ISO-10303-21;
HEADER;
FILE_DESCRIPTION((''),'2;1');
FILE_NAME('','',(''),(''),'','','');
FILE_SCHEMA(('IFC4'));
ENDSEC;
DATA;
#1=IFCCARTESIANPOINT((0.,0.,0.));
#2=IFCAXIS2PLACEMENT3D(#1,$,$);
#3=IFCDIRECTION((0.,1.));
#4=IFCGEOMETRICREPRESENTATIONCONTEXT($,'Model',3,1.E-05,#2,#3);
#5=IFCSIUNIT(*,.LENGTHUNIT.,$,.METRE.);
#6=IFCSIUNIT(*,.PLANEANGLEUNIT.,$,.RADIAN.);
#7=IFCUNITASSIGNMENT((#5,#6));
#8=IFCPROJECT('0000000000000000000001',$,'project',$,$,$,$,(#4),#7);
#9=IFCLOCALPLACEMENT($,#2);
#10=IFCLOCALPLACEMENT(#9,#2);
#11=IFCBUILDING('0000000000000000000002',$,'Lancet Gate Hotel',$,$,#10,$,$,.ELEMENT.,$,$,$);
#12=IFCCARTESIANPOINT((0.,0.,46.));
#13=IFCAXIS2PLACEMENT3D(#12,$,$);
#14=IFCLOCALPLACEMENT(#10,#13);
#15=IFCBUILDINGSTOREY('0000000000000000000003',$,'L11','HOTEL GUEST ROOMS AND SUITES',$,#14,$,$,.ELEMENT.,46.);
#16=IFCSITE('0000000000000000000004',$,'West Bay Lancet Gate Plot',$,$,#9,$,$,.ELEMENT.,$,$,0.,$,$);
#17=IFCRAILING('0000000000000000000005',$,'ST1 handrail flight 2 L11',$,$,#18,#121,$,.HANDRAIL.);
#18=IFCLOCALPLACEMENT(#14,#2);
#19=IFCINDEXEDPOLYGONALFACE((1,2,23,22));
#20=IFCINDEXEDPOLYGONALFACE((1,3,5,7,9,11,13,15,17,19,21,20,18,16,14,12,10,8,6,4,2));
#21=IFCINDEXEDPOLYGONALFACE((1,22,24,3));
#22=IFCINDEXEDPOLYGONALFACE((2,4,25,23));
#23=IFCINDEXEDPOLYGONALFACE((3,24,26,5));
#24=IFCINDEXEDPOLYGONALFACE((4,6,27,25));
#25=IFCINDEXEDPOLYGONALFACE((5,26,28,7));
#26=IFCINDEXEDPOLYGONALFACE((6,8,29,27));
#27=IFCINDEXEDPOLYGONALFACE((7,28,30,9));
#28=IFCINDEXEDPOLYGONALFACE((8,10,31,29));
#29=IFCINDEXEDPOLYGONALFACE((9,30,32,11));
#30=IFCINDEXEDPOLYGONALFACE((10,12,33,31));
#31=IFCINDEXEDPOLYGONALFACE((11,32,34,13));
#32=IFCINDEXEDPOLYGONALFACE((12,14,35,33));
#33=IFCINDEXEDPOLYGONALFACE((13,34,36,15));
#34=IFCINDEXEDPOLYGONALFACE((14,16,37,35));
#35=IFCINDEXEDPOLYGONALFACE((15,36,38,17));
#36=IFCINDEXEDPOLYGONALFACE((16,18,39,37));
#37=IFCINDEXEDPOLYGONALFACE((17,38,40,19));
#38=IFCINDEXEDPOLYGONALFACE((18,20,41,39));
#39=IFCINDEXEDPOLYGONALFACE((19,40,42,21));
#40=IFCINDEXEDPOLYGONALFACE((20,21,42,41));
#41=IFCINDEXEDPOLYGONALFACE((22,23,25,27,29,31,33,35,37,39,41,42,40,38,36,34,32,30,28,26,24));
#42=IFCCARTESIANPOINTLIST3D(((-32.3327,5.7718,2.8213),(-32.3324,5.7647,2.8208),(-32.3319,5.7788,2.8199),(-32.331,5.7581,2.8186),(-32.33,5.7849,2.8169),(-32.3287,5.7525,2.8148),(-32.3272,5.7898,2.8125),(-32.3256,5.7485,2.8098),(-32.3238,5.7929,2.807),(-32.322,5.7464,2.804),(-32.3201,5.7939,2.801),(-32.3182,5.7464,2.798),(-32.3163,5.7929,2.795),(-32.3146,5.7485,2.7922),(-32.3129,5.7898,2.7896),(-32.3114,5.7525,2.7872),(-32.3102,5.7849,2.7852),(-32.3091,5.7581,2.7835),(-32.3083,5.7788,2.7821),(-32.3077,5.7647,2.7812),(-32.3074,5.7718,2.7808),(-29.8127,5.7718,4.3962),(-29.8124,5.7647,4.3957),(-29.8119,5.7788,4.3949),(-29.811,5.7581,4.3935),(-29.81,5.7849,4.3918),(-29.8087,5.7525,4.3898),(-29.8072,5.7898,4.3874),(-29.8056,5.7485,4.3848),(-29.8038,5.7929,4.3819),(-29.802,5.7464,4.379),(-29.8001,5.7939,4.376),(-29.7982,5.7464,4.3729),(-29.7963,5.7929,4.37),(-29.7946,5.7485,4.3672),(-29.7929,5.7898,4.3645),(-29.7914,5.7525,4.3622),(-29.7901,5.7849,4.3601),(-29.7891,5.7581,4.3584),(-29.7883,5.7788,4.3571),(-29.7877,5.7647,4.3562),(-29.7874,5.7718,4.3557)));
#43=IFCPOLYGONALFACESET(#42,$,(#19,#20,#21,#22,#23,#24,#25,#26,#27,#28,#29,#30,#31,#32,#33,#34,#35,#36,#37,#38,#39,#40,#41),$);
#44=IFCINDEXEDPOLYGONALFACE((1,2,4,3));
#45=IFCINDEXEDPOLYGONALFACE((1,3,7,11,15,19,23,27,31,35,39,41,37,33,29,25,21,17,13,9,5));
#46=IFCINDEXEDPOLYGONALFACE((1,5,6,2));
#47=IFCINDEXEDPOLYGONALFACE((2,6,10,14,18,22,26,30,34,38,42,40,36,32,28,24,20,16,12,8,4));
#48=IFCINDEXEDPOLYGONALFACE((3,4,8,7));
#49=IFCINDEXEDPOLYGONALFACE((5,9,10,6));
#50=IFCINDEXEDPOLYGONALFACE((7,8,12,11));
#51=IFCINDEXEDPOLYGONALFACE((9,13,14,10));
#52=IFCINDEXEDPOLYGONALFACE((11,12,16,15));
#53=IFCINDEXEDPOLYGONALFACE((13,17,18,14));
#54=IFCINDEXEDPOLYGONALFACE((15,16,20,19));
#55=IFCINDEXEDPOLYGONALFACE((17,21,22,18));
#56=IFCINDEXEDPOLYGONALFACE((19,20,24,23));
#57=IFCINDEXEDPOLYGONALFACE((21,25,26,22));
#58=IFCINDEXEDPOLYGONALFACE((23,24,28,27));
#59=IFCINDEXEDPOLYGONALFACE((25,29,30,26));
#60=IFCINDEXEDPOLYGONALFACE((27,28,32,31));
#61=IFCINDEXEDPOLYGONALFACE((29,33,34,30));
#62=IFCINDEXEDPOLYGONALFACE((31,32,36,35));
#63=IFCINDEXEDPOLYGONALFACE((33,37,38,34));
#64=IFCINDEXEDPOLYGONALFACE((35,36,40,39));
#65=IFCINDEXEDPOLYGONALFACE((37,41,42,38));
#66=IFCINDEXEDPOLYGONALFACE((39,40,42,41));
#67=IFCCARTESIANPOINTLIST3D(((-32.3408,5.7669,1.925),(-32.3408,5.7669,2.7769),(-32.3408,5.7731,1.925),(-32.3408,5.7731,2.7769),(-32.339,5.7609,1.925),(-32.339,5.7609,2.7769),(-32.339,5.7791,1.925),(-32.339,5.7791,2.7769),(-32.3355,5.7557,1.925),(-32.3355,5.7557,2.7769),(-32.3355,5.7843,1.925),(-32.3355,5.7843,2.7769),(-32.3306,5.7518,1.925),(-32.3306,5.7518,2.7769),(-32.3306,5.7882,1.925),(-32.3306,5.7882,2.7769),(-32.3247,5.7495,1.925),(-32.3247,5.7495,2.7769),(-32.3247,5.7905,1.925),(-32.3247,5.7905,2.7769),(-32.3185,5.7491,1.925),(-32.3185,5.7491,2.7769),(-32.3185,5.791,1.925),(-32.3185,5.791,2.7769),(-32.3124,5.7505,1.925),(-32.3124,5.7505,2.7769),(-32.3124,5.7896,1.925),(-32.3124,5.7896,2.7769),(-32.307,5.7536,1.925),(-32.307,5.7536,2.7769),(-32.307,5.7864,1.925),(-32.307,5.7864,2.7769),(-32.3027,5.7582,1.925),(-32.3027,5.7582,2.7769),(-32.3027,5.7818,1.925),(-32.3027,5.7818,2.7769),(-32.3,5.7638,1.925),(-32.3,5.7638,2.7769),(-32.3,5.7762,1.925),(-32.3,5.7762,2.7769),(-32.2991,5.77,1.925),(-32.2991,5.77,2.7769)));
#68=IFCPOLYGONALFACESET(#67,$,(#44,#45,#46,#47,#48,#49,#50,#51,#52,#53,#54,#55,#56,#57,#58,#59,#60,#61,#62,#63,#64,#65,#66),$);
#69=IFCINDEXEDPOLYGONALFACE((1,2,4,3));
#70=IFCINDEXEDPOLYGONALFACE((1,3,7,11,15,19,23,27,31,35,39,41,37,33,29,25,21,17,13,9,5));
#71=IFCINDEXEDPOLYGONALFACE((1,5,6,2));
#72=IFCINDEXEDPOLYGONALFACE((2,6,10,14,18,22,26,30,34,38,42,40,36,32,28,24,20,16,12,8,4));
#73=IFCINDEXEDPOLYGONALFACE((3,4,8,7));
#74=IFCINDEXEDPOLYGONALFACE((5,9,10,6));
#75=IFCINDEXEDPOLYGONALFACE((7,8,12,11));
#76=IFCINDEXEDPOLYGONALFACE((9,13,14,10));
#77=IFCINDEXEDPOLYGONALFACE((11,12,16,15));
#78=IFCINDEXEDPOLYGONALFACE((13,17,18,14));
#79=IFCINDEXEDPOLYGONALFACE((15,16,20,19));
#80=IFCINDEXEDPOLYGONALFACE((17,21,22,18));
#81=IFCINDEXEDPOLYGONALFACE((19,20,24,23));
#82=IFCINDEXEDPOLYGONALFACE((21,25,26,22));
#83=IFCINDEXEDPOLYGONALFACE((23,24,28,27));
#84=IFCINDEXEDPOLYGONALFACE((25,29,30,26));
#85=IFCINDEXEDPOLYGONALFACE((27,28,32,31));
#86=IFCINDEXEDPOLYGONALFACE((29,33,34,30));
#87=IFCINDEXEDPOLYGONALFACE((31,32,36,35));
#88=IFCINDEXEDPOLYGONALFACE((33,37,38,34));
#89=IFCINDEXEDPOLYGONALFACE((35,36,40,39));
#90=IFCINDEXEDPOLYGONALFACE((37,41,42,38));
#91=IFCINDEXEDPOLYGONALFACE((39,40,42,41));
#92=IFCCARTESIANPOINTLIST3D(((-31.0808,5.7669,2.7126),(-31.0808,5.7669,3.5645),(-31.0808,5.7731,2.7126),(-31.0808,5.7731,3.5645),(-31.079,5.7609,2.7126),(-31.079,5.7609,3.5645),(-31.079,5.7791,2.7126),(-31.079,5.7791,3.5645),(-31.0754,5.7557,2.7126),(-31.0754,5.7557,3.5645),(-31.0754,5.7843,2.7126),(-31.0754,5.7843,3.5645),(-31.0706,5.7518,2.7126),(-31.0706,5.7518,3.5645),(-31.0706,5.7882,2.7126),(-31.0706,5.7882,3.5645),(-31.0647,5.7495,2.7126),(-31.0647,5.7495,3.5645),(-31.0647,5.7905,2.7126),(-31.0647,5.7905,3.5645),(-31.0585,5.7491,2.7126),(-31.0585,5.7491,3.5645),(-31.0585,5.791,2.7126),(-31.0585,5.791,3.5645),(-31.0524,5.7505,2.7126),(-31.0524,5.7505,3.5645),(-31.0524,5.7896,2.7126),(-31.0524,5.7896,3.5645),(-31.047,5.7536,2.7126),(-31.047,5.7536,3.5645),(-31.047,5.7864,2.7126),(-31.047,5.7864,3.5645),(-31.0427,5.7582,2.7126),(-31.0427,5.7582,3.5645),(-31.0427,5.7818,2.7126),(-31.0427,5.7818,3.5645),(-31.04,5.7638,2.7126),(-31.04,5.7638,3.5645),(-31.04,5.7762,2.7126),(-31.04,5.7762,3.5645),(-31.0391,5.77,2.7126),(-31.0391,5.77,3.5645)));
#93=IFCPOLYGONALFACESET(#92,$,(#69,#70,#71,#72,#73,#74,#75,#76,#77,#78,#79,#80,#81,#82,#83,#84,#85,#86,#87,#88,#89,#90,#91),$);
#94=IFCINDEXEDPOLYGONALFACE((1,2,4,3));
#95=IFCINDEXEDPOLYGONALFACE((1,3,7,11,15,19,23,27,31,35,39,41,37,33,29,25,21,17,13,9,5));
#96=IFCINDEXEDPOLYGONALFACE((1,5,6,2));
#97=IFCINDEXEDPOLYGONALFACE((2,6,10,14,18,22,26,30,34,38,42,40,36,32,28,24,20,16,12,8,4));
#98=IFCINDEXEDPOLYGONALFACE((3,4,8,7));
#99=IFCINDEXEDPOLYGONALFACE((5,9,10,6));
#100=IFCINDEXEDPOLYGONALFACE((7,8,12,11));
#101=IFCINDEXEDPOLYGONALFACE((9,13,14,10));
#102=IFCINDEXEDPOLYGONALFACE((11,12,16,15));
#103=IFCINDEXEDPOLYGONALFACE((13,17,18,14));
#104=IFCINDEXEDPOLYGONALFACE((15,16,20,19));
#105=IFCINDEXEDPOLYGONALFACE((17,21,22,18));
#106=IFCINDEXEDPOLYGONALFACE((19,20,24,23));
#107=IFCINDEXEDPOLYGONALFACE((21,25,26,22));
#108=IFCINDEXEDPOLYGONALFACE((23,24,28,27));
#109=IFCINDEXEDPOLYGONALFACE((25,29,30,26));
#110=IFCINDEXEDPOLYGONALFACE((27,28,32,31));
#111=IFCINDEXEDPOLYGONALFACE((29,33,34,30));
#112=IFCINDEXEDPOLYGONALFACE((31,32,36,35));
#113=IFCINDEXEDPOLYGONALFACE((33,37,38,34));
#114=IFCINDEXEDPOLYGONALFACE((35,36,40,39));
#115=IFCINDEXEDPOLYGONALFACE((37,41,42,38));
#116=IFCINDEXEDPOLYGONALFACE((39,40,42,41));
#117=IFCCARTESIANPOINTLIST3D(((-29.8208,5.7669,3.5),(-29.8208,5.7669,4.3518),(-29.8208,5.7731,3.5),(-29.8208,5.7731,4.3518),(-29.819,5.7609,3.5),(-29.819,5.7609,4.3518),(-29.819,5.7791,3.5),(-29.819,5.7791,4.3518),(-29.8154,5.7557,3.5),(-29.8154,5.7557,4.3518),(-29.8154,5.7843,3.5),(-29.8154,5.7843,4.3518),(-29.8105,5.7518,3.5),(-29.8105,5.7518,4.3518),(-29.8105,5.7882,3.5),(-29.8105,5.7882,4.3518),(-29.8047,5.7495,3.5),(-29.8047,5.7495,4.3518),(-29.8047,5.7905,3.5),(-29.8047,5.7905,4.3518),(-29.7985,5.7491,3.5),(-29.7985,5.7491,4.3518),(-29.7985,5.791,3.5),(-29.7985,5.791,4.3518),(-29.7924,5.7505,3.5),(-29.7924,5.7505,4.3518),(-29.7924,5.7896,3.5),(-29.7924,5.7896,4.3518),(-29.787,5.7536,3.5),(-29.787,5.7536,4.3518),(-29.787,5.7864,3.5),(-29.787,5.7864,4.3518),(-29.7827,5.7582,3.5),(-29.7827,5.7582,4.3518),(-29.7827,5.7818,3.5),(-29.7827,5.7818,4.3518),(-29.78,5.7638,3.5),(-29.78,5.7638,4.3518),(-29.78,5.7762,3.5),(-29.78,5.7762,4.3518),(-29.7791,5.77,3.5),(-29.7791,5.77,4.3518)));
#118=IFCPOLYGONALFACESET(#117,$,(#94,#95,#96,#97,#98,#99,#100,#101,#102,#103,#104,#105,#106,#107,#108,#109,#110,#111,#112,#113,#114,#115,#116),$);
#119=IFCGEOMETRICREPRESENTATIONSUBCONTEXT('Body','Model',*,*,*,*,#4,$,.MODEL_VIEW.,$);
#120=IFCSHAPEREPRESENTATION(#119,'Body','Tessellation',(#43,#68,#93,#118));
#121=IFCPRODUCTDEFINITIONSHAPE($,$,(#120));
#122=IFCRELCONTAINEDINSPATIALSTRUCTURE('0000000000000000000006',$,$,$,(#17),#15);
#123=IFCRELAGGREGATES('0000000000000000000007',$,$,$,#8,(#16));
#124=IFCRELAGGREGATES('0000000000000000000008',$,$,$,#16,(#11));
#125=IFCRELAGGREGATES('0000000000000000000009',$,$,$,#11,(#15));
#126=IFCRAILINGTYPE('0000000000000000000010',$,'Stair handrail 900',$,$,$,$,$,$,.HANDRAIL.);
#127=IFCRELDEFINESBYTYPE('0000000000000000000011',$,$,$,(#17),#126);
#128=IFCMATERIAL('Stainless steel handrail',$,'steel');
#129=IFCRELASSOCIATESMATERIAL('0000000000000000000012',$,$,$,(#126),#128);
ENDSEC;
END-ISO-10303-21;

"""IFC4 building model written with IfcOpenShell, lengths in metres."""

from ifc_helpers import new_model, si_unit, direction, frame, origin, origin_2d, place, context, subcontext, project, spatial, circle, extrude, material, type_object, element, save


model = new_model("IFC4")

# Units and contexts
model_context = context("Model", 3, precision=1e-05, world=origin(), true_north=direction((0.0, 1.0)))
body_context = subcontext(model_context, "Body", "Model", "MODEL_VIEW")
ifc_project = project(units=[si_unit("LENGTHUNIT", "METRE"), si_unit("PLANEANGLEUNIT", "RADIAN")], contexts=[model_context])

# Site, building, storey
site_placement = place(None, origin())
site = spatial("IfcSite", under=ifc_project, at=site_placement, Name="West Bay Lancet Gate Plot", CompositionType="ELEMENT", RefElevation=0.0)
building_placement = place(site_placement, origin())
building = spatial("IfcBuilding", under=site, at=building_placement, Name="Lancet Gate Hotel", CompositionType="ELEMENT")
storey_placement = place(building_placement, frame((0.0, 0.0, 46.0)))
storey = spatial("IfcBuildingStorey", under=building, at=storey_placement, Name="L11", Description="HOTEL GUEST ROOMS AND SUITES", CompositionType="ELEMENT", Elevation=46.0)

# Railing
ifc_material_1 = material(Name="Stainless steel handrail", Category="steel")
railing_type = type_object("IfcRailingType", Name="Stair handrail 900", PredefinedType="HANDRAIL", material=ifc_material_1)
railing_1_placement = place(storey_placement, frame((-32.3201, 5.77, 1.925)))
element("IfcRailing", 1, at=railing_1_placement, inside=storey, type_object=railing_type, Name="ST1 handrail flight 2 L11", PredefinedType="HANDRAIL", context=body_context, shape_type="SweptSolid", body=[
    extrude(circle(Radius=0.0239, at=origin_2d()), frame((0.0, 0.0, 0.876), z_axis=(0.848008, 0.0, 0.529984), x_axis=(0.0, 1.0, 0.0)), (0.0, 0.0, 1.0), 2.9717),
    extrude(circle(Radius=0.021, at=origin_2d()), origin(), (0.0, 0.0, 1.0), 0.8518),
    extrude(circle(Radius=0.021, at=origin_2d()), frame((1.26, 0.0, 0.7876)), (0.0, 0.0, 1.0), 0.8518),
    extrude(circle(Radius=0.021, at=origin_2d()), frame((2.52, 0.0, 1.575)), (0.0, 0.0, 1.0), 0.8518),
])

save(model, "model.ifc")
